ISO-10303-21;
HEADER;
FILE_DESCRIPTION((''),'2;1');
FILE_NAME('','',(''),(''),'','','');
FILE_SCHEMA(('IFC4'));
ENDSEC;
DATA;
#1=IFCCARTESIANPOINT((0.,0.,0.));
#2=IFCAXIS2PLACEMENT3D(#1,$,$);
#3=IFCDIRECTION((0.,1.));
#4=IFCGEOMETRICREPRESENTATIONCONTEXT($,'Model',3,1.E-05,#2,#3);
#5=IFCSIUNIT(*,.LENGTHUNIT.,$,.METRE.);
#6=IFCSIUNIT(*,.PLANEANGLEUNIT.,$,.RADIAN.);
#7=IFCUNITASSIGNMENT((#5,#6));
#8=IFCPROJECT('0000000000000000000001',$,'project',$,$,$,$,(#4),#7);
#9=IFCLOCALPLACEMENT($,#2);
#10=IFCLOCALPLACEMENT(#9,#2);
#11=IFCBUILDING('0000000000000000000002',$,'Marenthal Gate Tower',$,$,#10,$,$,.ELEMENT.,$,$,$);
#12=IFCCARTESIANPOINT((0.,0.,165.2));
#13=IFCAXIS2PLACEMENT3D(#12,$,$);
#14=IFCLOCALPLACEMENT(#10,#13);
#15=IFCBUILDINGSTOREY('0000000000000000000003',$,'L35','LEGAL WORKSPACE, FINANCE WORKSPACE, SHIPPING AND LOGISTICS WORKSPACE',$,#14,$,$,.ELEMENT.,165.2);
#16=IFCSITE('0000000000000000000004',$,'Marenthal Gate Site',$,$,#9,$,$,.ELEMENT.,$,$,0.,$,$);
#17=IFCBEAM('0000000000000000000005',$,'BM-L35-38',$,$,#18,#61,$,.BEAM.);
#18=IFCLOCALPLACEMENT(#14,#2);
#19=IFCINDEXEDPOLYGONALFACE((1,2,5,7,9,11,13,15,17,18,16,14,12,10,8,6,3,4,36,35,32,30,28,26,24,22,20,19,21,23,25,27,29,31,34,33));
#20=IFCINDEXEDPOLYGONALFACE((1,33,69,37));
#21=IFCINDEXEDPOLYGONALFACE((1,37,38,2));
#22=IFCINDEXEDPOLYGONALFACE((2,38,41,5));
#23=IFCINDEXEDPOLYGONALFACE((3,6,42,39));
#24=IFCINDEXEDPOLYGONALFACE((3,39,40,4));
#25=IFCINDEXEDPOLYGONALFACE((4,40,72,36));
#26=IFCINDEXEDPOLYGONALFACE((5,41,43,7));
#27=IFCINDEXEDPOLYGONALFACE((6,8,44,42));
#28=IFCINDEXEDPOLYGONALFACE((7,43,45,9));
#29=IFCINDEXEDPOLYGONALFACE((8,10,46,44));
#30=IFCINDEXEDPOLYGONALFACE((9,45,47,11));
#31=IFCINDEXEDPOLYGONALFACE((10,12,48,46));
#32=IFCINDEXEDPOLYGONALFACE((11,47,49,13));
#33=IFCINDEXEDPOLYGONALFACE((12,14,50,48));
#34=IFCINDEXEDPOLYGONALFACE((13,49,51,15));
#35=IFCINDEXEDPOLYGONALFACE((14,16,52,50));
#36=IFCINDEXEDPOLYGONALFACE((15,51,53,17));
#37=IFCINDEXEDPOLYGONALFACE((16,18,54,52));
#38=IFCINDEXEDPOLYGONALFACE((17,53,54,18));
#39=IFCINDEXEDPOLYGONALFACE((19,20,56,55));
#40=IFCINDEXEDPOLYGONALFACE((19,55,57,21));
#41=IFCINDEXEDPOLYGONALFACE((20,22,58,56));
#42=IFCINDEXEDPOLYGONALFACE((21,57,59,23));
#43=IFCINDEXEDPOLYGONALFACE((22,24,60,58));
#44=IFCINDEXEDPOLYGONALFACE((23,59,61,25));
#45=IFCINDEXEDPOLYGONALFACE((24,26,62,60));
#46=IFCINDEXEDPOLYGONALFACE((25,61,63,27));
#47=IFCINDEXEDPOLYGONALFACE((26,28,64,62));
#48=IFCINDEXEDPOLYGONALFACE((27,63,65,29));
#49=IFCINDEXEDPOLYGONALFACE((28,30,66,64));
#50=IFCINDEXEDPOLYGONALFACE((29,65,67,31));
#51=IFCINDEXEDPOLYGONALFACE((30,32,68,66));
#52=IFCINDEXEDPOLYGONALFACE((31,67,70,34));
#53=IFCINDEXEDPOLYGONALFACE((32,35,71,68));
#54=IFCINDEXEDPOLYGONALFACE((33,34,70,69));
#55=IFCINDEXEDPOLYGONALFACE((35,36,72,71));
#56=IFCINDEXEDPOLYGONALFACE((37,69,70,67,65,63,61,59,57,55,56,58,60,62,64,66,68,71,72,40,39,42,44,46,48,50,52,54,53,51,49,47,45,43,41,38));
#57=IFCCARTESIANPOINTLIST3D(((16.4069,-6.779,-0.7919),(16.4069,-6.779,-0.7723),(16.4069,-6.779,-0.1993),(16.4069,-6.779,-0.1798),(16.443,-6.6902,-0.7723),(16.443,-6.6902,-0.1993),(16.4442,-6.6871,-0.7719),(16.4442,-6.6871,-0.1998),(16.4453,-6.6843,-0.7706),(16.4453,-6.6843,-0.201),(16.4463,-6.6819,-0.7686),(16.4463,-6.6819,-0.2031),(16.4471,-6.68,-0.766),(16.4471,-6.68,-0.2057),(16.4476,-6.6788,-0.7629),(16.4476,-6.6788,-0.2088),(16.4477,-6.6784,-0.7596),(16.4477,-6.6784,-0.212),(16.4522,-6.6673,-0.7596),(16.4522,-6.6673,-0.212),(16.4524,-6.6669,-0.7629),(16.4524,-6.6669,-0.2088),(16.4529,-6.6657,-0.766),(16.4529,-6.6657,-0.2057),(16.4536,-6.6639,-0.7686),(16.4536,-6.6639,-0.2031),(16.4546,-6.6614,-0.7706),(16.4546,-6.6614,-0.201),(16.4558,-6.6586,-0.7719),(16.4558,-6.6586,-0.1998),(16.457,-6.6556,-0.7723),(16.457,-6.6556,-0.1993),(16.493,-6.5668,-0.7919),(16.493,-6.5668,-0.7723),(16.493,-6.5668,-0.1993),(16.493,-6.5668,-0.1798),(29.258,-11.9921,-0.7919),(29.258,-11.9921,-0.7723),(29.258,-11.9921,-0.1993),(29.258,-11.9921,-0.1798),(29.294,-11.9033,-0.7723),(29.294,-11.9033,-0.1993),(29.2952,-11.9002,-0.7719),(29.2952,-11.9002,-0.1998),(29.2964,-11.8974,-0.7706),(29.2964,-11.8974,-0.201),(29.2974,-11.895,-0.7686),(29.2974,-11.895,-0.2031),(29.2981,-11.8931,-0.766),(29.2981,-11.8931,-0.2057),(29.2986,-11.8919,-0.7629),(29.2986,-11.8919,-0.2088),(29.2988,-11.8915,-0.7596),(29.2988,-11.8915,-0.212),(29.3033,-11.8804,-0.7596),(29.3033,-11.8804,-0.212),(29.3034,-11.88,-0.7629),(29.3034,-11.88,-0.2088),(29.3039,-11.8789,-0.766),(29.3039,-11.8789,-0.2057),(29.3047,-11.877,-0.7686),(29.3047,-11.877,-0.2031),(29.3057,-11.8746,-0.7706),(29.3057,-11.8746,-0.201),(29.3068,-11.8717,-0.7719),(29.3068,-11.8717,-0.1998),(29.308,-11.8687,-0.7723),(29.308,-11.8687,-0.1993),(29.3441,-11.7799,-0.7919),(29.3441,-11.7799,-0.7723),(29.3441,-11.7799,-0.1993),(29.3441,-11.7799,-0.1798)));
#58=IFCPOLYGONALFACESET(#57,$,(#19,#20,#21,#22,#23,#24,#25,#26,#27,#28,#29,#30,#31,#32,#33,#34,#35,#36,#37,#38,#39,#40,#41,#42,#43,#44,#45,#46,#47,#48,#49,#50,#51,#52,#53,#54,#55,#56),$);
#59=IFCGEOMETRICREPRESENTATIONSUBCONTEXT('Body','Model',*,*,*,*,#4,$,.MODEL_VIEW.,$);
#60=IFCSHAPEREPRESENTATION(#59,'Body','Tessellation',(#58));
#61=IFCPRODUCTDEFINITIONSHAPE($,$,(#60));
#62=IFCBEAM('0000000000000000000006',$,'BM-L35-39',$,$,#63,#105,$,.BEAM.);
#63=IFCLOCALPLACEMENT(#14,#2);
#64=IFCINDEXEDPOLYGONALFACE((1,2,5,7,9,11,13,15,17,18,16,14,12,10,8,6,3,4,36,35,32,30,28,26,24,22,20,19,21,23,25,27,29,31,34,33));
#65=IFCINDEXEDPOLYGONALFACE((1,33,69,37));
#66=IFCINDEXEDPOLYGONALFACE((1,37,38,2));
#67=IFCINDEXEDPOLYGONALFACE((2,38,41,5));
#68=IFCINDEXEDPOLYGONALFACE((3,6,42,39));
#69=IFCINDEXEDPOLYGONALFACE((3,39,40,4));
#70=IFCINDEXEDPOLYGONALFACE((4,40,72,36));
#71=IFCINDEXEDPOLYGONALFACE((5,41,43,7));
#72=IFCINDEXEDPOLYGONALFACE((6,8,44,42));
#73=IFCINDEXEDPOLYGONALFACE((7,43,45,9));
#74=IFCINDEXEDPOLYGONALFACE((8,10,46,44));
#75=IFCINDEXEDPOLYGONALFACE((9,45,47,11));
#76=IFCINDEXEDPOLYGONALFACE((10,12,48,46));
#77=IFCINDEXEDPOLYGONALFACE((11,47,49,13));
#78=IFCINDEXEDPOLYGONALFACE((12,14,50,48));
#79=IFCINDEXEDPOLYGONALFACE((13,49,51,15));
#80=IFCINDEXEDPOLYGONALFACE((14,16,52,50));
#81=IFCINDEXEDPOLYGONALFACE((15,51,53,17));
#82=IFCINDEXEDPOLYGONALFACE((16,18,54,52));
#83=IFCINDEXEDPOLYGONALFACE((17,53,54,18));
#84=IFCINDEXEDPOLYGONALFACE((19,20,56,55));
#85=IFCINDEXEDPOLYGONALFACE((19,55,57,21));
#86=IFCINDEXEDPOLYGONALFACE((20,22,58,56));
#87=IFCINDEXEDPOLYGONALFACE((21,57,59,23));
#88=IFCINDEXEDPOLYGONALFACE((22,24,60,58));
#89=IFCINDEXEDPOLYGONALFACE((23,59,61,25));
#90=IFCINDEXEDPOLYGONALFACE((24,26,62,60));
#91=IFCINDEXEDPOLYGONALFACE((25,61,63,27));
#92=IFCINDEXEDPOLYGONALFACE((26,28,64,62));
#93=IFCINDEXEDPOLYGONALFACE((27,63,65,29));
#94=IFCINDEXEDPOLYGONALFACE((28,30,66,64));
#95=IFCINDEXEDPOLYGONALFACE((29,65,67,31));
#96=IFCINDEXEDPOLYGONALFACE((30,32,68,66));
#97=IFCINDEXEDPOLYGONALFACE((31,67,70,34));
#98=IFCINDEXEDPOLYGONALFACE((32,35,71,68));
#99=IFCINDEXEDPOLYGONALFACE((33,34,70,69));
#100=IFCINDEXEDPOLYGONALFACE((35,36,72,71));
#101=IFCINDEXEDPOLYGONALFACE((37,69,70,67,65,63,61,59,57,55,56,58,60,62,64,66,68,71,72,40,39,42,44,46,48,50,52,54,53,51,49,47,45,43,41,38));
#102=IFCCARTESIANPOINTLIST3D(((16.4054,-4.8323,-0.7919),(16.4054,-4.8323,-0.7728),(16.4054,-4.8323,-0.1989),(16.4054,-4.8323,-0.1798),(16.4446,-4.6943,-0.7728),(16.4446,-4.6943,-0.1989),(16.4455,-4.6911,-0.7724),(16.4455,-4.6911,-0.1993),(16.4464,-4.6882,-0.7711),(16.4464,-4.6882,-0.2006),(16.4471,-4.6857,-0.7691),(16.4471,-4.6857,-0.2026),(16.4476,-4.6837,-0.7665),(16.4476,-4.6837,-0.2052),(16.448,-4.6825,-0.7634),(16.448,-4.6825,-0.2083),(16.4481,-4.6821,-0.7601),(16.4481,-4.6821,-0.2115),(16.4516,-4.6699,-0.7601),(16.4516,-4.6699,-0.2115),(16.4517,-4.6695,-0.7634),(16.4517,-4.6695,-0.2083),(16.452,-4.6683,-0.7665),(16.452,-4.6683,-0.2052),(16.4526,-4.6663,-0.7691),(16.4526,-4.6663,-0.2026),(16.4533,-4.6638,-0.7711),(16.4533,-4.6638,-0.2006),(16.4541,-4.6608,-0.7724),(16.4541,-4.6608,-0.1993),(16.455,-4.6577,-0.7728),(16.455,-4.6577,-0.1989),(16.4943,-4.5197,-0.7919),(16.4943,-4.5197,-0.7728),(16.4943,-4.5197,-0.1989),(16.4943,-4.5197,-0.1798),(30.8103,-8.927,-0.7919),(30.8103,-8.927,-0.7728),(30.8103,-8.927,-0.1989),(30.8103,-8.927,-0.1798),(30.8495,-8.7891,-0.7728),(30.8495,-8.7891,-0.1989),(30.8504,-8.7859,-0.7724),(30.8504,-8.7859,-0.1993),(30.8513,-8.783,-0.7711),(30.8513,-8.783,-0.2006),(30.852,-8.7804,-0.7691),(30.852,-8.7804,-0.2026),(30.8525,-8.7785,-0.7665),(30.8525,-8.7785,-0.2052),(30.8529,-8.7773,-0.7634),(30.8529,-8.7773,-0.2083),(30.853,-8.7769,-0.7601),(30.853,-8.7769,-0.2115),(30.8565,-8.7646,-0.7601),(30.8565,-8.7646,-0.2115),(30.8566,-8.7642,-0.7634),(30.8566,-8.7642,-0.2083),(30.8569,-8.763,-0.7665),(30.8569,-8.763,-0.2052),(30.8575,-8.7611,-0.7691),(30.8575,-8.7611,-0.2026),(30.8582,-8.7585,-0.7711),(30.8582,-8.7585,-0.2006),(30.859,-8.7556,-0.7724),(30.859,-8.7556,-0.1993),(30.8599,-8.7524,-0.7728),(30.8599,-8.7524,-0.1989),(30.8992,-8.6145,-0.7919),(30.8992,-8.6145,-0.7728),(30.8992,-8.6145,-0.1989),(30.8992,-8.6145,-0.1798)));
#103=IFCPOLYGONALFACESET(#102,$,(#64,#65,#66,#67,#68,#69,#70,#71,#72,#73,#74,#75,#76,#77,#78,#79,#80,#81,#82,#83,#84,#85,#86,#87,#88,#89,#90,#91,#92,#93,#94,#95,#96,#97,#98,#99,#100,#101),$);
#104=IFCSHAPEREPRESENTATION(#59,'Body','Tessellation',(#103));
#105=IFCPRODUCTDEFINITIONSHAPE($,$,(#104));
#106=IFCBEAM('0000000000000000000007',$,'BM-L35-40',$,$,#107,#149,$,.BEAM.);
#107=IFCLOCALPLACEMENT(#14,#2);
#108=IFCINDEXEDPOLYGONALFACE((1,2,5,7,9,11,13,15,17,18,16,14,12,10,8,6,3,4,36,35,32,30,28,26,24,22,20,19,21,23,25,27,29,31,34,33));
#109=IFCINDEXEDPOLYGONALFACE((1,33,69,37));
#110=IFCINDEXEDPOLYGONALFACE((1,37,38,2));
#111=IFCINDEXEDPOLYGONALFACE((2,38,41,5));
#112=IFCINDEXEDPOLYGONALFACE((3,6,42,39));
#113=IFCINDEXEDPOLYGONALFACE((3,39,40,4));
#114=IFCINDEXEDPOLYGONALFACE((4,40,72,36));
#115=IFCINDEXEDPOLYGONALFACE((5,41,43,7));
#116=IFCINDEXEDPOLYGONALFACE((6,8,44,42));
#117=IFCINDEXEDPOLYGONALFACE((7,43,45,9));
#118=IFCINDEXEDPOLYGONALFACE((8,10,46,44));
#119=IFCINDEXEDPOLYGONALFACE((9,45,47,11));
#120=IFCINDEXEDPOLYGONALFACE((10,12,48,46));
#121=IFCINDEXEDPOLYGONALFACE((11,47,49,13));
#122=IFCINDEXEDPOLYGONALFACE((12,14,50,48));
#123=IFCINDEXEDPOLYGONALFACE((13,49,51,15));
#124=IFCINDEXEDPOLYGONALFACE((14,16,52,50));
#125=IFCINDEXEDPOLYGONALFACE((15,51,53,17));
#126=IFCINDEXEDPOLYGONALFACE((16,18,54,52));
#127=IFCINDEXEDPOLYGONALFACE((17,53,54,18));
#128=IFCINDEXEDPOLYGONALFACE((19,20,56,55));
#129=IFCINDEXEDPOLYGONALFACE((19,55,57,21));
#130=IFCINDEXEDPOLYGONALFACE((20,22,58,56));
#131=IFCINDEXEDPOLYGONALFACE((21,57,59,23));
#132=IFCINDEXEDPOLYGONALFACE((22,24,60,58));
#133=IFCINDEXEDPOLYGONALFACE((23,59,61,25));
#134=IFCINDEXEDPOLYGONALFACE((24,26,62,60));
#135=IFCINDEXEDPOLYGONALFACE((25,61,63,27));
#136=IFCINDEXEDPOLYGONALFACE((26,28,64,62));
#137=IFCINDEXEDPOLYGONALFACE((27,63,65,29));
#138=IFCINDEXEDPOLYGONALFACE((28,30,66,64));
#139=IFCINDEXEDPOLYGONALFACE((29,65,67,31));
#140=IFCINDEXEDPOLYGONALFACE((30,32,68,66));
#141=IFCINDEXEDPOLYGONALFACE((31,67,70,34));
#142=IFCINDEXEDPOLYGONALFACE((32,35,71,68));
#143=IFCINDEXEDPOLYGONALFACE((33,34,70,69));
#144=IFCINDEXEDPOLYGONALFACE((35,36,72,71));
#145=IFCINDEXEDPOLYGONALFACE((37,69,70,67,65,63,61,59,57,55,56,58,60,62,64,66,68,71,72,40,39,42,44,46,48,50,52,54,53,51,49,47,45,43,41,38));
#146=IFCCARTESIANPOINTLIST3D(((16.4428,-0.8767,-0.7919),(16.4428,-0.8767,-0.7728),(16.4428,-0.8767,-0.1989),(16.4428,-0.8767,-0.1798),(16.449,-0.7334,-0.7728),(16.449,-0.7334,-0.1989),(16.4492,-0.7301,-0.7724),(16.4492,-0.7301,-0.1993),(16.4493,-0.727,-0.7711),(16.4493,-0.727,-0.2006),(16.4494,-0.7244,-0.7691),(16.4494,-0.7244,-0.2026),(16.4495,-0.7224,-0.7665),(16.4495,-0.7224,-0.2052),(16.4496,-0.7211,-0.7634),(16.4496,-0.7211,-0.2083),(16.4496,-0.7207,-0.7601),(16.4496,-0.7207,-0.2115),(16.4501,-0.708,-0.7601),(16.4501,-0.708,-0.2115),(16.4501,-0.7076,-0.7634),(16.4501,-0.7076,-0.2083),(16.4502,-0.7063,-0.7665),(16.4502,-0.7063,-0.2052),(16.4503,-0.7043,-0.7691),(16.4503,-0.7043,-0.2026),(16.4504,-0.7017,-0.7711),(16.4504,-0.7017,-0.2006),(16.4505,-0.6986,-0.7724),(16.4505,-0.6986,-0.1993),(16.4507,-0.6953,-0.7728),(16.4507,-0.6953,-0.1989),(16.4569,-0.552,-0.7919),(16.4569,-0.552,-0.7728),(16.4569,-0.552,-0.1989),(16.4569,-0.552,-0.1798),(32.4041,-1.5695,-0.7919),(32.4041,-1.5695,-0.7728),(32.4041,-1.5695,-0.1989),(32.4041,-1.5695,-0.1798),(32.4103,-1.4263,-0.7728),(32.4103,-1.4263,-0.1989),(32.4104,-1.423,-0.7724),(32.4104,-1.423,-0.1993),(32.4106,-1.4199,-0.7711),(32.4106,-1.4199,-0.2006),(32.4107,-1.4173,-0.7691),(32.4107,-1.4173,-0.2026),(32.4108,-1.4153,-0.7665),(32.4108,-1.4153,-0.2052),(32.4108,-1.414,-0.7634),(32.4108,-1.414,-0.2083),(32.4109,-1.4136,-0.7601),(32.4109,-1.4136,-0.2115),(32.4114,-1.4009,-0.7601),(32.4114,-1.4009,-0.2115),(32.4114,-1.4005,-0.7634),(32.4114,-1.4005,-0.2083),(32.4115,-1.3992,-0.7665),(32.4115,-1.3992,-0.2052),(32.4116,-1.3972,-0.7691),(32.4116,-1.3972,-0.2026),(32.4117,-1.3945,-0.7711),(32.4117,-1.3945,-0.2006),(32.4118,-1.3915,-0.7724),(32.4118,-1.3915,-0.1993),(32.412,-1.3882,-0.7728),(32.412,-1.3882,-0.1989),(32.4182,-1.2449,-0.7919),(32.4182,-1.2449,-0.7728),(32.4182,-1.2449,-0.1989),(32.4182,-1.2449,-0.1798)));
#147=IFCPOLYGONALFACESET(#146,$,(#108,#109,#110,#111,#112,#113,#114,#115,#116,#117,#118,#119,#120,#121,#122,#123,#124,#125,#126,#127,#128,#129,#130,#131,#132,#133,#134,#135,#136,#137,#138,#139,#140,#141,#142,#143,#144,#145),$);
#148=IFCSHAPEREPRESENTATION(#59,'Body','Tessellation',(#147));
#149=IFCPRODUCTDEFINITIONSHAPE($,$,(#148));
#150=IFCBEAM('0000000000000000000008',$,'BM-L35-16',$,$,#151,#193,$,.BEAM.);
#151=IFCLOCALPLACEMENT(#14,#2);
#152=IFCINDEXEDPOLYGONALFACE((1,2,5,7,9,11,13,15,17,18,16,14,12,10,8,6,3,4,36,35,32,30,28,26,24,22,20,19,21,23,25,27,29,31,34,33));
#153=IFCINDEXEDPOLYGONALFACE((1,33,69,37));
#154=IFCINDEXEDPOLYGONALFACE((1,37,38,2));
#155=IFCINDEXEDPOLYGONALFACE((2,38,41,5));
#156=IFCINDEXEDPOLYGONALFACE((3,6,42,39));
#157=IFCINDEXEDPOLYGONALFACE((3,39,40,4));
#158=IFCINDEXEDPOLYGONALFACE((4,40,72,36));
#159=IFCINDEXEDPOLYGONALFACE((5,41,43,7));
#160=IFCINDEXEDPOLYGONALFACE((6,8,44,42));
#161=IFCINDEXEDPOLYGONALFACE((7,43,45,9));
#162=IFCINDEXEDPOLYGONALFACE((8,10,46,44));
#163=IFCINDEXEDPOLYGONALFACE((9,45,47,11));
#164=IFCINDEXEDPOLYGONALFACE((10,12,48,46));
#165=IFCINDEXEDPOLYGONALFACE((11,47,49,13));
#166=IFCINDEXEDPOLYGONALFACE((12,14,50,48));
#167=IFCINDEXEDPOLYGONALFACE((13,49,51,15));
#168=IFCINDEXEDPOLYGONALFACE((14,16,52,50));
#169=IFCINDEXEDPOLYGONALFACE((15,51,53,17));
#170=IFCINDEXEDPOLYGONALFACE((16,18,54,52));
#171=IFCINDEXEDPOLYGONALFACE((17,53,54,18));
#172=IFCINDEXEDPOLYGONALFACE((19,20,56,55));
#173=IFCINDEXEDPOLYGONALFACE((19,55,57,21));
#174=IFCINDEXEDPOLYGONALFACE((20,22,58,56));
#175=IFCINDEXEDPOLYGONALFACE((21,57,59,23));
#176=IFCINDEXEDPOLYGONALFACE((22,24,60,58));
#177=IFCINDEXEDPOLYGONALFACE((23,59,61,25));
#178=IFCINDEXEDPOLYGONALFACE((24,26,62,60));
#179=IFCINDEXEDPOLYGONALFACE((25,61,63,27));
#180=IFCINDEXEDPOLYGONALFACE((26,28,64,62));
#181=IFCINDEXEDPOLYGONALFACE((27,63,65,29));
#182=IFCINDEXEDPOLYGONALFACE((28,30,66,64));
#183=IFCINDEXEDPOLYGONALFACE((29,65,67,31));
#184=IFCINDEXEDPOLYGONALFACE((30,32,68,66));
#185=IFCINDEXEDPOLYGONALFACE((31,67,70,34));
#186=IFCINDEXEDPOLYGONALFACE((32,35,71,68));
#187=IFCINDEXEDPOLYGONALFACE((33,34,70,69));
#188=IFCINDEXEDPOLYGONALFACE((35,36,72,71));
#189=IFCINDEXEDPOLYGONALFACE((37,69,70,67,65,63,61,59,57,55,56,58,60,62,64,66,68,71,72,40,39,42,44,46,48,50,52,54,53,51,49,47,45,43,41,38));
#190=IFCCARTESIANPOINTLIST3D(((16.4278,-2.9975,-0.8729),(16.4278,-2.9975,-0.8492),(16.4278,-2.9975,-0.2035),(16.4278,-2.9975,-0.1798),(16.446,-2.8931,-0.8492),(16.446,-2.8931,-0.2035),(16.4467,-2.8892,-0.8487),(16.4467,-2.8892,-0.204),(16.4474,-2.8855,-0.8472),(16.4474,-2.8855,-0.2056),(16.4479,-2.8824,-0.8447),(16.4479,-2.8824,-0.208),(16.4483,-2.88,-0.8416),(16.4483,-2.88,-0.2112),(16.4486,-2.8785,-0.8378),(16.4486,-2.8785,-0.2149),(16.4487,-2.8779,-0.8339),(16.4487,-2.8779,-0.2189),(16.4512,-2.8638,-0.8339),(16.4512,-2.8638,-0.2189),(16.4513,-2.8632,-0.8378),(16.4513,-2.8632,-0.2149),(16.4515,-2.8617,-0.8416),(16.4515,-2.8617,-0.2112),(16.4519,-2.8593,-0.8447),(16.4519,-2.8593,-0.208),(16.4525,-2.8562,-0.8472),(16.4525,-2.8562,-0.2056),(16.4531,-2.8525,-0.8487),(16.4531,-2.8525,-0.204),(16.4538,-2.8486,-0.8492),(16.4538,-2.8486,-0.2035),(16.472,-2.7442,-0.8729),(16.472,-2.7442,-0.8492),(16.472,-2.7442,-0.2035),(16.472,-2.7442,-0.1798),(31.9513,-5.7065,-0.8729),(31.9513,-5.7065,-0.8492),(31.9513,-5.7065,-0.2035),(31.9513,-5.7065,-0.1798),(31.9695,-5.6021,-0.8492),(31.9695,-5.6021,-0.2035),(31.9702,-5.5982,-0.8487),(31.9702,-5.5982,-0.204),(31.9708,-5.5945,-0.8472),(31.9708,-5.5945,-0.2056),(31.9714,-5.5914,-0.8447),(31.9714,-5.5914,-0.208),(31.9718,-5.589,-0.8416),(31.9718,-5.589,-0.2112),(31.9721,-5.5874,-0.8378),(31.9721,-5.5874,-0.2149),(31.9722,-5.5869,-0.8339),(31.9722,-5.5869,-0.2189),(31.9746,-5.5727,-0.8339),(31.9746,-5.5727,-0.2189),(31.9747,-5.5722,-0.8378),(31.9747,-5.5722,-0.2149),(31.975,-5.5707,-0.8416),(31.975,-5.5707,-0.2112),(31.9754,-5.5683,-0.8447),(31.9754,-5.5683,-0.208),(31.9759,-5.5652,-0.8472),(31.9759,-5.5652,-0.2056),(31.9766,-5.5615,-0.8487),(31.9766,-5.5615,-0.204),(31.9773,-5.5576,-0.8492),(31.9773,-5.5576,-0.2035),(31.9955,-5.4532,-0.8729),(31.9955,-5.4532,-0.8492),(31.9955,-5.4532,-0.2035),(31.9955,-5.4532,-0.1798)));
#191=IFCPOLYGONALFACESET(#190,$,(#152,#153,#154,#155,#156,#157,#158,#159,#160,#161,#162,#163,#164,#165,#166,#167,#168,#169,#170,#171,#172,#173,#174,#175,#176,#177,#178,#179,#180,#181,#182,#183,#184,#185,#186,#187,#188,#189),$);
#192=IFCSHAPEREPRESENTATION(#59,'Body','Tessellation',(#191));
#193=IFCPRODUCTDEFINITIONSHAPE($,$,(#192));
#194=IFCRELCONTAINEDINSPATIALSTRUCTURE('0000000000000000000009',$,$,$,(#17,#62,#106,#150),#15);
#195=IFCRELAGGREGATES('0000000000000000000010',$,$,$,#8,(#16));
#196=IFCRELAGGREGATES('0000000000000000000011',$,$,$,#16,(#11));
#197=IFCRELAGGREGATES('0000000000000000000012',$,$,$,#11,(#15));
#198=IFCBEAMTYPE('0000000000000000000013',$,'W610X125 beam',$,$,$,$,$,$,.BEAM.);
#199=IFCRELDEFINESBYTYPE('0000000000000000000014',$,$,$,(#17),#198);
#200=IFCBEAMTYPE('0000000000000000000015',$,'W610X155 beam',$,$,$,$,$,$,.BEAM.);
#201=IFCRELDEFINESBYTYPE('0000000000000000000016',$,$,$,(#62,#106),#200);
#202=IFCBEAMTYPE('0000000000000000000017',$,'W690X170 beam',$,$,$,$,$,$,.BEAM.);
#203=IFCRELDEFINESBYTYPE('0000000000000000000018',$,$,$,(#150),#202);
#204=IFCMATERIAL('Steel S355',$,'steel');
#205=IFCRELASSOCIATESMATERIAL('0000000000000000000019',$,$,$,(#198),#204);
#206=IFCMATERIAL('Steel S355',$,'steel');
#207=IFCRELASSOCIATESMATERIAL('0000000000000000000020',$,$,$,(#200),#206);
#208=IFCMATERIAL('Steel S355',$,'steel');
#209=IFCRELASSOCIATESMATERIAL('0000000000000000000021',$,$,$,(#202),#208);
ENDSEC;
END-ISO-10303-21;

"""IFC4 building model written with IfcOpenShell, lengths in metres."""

from ifc_helpers import new_model, si_unit, direction, frame, origin, origin_2d, place, context, subcontext, project, spatial, i_section, extrude, material, material_profile, profile_set, type_object, element, save


model = new_model("IFC4")

# Units and contexts
model_context = context("Model", 3, precision=1e-05, world=origin(), true_north=direction((0.0, 1.0)))
body_context = subcontext(model_context, "Body", "Model", "MODEL_VIEW")
ifc_project = project(units=[si_unit("LENGTHUNIT", "METRE"), si_unit("PLANEANGLEUNIT", "RADIAN")], contexts=[model_context])

# Site, building, storey
site_placement = place(None, origin())
site = spatial("IfcSite", under=ifc_project, at=site_placement, Name="Marenthal Gate Site", CompositionType="ELEMENT", RefElevation=0.0)
building_placement = place(site_placement, origin())
building = spatial("IfcBuilding", under=site, at=building_placement, Name="Marenthal Gate Tower", CompositionType="ELEMENT")
storey_placement = place(building_placement, frame((0.0, 0.0, 165.2)))
storey = spatial("IfcBuildingStorey", under=building, at=storey_placement, Name="L35", Description="LEGAL WORKSPACE, FINANCE WORKSPACE, SHIPPING AND LOGISTICS WORKSPACE", CompositionType="ELEMENT", Elevation=165.2)

# Beams
ifc_material_1 = material(Name="Steel S355", Category="steel")
ifc_material_profile_1 = material_profile(ifc_material_1, i_section(OverallWidth=0.229, OverallDepth=0.6121, WebThickness=0.012, FlangeThickness=0.0195, FilletRadius=0.0127, at=origin_2d()), Name="W610X125")
ifc_profile_set_1 = profile_set([ifc_material_profile_1], Name="Steel S355")
beam_type_1 = type_object("IfcBeamType", Name="W610X125 beam", PredefinedType="BEAM", material=ifc_profile_set_1)
beam_1_placement = place(storey_placement, frame((29.301, -11.886, -0.4858), z_axis=(-0.926658, 0.375906, 0.0), x_axis=(-0.375906, -0.926658, 0.0)))
element("IfcBeam", 1, at=beam_1_placement, inside=storey, type_object=beam_type_1, Name="BM-L35-38", PredefinedType="BEAM", context=body_context, shape_type="SweptSolid", body=[
    extrude(i_section(OverallWidth=0.229, OverallDepth=0.6121, WebThickness=0.012, FlangeThickness=0.0195, FilletRadius=0.0127, at=origin_2d()), origin(), (0.0, 0.0, 1.0), 13.8682),
])
ifc_material_2 = material(Name="Steel S355", Category="steel")
ifc_material_profile_2 = material_profile(ifc_material_2, i_section(OverallWidth=0.325, OverallDepth=0.6121, WebThickness=0.0127, FlangeThickness=0.019, FilletRadius=0.0127, at=origin_2d()), Name="W610X155")
ifc_profile_set_2 = profile_set([ifc_material_profile_2], Name="Steel S355")
beam_type_2 = type_object("IfcBeamType", Name="W610X155 beam", PredefinedType="BEAM", material=ifc_profile_set_2)
beam_2_placement = place(storey_placement, frame((30.8547, -8.7708, -0.4858), z_axis=(-0.961892, 0.273429, 0.0), x_axis=(-0.273429, -0.961892, 0.0)))
element("IfcBeam", 2, at=beam_2_placement, inside=storey, type_object=beam_type_2, Name="BM-L35-39", PredefinedType="BEAM", context=body_context, shape_type="SweptSolid", body=[
    extrude(i_section(OverallWidth=0.325, OverallDepth=0.6121, WebThickness=0.0127, FlangeThickness=0.019, FilletRadius=0.0127, at=origin_2d()), origin(), (0.0, 0.0, 1.0), 14.9756),
])
beam_3_placement = place(storey_placement, frame((32.4111, -1.4072, -0.4858), z_axis=(-0.999059, 0.043369, 0.0), x_axis=(-0.043369, -0.999059, 0.0)))
element("IfcBeam", 3, at=beam_3_placement, inside=storey, type_object=beam_type_2, Name="BM-L35-40", PredefinedType="BEAM", context=body_context, shape_type="SweptSolid", body=[
    extrude(i_section(OverallWidth=0.325, OverallDepth=0.6121, WebThickness=0.0127, FlangeThickness=0.019, FilletRadius=0.0127, at=origin_2d()), origin(), (0.0, 0.0, 1.0), 15.9763),
])
ifc_material_3 = material(Name="Steel S355", Category="steel")
ifc_material_profile_3 = material_profile(ifc_material_3, i_section(OverallWidth=0.2571, OverallDepth=0.6931, WebThickness=0.0144, FlangeThickness=0.0237, FilletRadius=0.0154, at=origin_2d()), Name="W690X170")
ifc_profile_set_3 = profile_set([ifc_material_profile_3], Name="Steel S355")
beam_type_3 = type_object("IfcBeamType", Name="W690X170 beam", PredefinedType="BEAM", material=ifc_profile_set_3)
beam_4_placement = place(storey_placement, frame((31.9734, -5.5798, -0.5264), z_axis=(-0.985112, 0.171911, 0.0), x_axis=(-0.171911, -0.985112, 0.0)))
element("IfcBeam", 4, at=beam_4_placement, inside=storey, type_object=beam_type_3, Name="BM-L35-16", PredefinedType="BEAM", context=body_context, shape_type="SweptSolid", body=[
    extrude(i_section(OverallWidth=0.2571, OverallDepth=0.6931, WebThickness=0.0144, FlangeThickness=0.0237, FilletRadius=0.0154, at=origin_2d()), origin(), (0.0, 0.0, 1.0), 15.7581),
])

save(model, "model.ifc")
